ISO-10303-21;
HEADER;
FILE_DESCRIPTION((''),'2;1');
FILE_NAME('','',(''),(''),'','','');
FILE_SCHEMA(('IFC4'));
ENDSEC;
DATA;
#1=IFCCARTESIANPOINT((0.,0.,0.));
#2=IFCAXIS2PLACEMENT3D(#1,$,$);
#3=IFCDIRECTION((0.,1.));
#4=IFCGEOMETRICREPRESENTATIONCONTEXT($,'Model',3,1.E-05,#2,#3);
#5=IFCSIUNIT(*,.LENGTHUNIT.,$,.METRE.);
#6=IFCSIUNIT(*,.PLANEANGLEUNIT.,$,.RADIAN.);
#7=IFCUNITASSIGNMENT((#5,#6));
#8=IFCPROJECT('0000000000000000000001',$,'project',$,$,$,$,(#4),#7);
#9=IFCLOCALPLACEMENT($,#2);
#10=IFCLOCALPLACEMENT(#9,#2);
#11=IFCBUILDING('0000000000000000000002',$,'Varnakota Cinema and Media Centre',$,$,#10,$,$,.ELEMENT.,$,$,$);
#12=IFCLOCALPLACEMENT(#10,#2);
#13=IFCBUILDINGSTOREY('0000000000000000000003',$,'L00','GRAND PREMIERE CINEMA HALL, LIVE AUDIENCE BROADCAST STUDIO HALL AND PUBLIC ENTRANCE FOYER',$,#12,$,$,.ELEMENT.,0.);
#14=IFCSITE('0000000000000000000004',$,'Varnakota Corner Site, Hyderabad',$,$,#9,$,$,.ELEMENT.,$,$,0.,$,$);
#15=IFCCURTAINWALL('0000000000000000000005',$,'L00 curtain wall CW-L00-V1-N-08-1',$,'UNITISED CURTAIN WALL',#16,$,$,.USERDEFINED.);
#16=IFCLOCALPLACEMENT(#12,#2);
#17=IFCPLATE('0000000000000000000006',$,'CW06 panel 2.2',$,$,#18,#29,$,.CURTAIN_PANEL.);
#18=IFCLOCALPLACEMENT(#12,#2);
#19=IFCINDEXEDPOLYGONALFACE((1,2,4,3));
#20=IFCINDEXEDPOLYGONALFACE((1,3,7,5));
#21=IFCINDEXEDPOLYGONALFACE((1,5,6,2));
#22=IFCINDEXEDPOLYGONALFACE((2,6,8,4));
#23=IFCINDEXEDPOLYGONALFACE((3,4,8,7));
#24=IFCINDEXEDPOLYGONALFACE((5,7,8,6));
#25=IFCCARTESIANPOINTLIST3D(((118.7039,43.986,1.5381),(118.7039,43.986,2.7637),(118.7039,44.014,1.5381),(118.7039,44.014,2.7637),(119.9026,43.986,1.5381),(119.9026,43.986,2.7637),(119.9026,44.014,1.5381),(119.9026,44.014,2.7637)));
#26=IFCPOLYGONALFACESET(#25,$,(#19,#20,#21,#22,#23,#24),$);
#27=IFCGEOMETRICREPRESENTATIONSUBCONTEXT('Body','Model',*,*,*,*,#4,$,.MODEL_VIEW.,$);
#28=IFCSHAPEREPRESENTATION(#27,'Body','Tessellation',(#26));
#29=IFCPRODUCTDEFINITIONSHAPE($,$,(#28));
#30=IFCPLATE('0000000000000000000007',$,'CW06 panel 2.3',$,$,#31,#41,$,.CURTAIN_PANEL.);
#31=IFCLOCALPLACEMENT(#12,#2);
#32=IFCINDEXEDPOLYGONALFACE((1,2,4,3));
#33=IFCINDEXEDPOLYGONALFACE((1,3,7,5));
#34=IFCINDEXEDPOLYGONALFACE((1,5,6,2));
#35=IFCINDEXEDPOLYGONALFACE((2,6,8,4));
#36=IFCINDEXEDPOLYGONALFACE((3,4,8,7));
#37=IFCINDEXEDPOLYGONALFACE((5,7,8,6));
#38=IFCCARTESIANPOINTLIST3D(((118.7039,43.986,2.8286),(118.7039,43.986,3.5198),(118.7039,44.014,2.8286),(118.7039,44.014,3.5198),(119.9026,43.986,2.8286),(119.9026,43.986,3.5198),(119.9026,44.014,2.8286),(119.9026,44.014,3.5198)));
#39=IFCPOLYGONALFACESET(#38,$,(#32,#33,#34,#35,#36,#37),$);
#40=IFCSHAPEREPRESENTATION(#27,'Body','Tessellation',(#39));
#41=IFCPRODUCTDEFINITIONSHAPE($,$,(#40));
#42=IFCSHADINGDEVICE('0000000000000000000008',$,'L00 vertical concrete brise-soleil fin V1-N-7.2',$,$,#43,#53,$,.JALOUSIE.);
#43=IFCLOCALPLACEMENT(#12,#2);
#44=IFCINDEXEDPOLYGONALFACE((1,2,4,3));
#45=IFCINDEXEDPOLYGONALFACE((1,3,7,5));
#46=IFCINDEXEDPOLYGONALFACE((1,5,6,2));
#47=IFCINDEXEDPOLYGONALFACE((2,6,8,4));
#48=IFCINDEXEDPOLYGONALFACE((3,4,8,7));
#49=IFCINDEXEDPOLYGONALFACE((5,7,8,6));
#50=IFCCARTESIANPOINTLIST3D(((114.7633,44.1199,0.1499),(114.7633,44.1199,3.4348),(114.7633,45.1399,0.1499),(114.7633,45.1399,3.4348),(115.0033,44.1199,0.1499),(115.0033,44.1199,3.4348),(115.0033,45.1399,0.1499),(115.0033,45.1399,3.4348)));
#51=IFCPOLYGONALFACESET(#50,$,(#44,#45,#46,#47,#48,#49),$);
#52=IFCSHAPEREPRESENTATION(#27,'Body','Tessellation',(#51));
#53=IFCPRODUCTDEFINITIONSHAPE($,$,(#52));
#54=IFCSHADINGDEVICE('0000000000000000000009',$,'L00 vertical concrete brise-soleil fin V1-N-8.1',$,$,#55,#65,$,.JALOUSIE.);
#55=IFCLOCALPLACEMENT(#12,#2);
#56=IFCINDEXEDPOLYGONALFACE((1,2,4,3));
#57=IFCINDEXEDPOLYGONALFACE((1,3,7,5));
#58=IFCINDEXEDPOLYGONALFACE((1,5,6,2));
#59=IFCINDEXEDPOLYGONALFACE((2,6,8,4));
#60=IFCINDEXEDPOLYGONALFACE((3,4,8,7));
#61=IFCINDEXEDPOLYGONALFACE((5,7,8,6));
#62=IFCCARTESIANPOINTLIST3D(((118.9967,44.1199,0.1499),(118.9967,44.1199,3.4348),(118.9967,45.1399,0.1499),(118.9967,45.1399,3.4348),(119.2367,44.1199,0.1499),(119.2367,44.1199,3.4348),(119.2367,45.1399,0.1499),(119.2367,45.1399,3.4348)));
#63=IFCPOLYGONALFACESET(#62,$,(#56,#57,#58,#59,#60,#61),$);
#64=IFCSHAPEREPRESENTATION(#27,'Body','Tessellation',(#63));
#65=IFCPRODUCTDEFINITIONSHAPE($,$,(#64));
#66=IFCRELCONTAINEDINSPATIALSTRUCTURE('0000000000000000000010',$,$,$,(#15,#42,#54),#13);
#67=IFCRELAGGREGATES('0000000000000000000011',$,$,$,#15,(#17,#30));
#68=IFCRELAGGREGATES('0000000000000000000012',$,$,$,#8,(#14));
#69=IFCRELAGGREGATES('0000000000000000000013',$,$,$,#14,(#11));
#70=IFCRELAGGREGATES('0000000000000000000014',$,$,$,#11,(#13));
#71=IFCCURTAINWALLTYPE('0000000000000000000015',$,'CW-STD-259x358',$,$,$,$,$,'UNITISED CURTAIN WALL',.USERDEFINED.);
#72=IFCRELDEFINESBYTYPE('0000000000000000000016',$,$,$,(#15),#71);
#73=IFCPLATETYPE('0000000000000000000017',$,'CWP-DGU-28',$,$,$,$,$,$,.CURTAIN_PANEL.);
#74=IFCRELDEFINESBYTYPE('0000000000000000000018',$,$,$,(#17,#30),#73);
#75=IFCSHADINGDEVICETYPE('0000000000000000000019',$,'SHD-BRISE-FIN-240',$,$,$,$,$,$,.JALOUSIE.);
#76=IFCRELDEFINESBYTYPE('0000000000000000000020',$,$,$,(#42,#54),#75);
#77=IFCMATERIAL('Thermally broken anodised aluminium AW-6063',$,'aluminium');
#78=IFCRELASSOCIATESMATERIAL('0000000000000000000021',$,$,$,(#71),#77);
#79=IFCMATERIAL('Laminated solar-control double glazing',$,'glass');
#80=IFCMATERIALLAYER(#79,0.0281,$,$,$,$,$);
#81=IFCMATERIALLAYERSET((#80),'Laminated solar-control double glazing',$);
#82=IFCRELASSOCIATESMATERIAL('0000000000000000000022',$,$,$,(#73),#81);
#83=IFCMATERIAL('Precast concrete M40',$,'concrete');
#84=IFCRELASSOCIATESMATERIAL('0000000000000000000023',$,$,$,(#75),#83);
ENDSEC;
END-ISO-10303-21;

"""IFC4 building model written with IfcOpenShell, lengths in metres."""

from ifc_helpers import new_model, si_unit, direction, frame, origin, origin_2d, place, context, subcontext, project, spatial, rectangle, extrude, material, layer, layer_set, type_object, element, aggregate, save


model = new_model("IFC4")

# Units and contexts
model_context = context("Model", 3, precision=1e-05, world=origin(), true_north=direction((0.0, 1.0)))
body_context = subcontext(model_context, "Body", "Model", "MODEL_VIEW")
ifc_project = project(units=[si_unit("LENGTHUNIT", "METRE"), si_unit("PLANEANGLEUNIT", "RADIAN")], contexts=[model_context])

# Site, building, storey
site_placement = place(None, origin())
site = spatial("IfcSite", under=ifc_project, at=site_placement, Name="Varnakota Corner Site, Hyderabad", CompositionType="ELEMENT", RefElevation=0.0)
building_placement = place(site_placement, origin())
building = spatial("IfcBuilding", under=site, at=building_placement, Name="Varnakota Cinema and Media Centre", CompositionType="ELEMENT")
storey_placement = place(building_placement, origin())
storey = spatial("IfcBuildingStorey", under=building, at=storey_placement, Name="L00", Description="GRAND PREMIERE CINEMA HALL, LIVE AUDIENCE BROADCAST STUDIO HALL AND PUBLIC ENTRANCE FOYER", CompositionType="ELEMENT", Elevation=0.0)

# Curtain wall
ifc_material_1 = material(Name="Thermally broken anodised aluminium AW-6063", Category="aluminium")
curtain_wall_type = type_object("IfcCurtainWallType", Name="CW-STD-259x358", ElementType="UNITISED CURTAIN WALL", PredefinedType="USERDEFINED", material=ifc_material_1)
curtain_wall_1_placement = place(storey_placement, origin())
curtain_wall_1 = element("IfcCurtainWall", 1, at=curtain_wall_1_placement, inside=storey, type_object=curtain_wall_type, Name="L00 curtain wall CW-L00-V1-N-08-1", ObjectType="UNITISED CURTAIN WALL", PredefinedType="USERDEFINED")

# Plates
ifc_material_2 = material(Name="Laminated solar-control double glazing", Category="glass")
ifc_layer = layer(ifc_material_2, 0.0281)
ifc_layer_set = layer_set([ifc_layer], Name="Laminated solar-control double glazing")
plate_type = type_object("IfcPlateType", Name="CWP-DGU-28", PredefinedType="CURTAIN_PANEL", material=ifc_layer_set)
plate_1_placement = place(storey_placement, frame((119.3032, 44.0, 1.5381), z_axis=(0.0, 0.0, 1.0), x_axis=(1.0, 0.0, 0.0)))
plate_1 = element("IfcPlate", 2, at=plate_1_placement, type_object=plate_type, Name="CW06 panel 2.2", PredefinedType="CURTAIN_PANEL", context=body_context, shape_type="SweptSolid", body=[
    extrude(rectangle(XDim=1.1987, YDim=0.0281, at=origin_2d()), origin(), (0.0, 0.0, 1.0), 1.2256),
])
plate_2_placement = place(storey_placement, frame((119.3032, 44.0, 2.8286), z_axis=(0.0, 0.0, 1.0), x_axis=(1.0, 0.0, 0.0)))
plate_2 = element("IfcPlate", 3, at=plate_2_placement, type_object=plate_type, Name="CW06 panel 2.3", PredefinedType="CURTAIN_PANEL", context=body_context, shape_type="SweptSolid", body=[
    extrude(rectangle(XDim=1.1987, YDim=0.0281, at=origin_2d()), origin(), (0.0, 0.0, 1.0), 0.6912),
])
aggregate(curtain_wall_1, [plate_1, plate_2])

# Shading devices
ifc_material_3 = material(Name="Precast concrete M40", Category="concrete")
shading_device_type = type_object("IfcShadingDeviceType", Name="SHD-BRISE-FIN-240", PredefinedType="JALOUSIE", material=ifc_material_3)
for number, where, z_axis, x_axis, name in (
    (4, (114.8833, 44.6299, 0.1499), (0.0, 0.0, 1.0), (1.0, 0.0, 0.0), "L00 vertical concrete brise-soleil fin V1-N-7.2"),
    (5, (119.1167, 44.6299, 0.1499), (0.0, 0.0, 1.0), (1.0, 0.0, 0.0), "L00 vertical concrete brise-soleil fin V1-N-8.1"),
):
    element("IfcShadingDevice", number, at=place(storey_placement, frame(where, z_axis=z_axis, x_axis=x_axis)), inside=storey, type_object=shading_device_type, Name=name, PredefinedType="JALOUSIE", context=body_context, shape_type="SweptSolid", body=[
        extrude(rectangle(XDim=0.24, YDim=1.02, at=origin_2d()), origin(), (0.0, 0.0, 1.0), 3.2849),
    ])

save(model, "model.ifc")
